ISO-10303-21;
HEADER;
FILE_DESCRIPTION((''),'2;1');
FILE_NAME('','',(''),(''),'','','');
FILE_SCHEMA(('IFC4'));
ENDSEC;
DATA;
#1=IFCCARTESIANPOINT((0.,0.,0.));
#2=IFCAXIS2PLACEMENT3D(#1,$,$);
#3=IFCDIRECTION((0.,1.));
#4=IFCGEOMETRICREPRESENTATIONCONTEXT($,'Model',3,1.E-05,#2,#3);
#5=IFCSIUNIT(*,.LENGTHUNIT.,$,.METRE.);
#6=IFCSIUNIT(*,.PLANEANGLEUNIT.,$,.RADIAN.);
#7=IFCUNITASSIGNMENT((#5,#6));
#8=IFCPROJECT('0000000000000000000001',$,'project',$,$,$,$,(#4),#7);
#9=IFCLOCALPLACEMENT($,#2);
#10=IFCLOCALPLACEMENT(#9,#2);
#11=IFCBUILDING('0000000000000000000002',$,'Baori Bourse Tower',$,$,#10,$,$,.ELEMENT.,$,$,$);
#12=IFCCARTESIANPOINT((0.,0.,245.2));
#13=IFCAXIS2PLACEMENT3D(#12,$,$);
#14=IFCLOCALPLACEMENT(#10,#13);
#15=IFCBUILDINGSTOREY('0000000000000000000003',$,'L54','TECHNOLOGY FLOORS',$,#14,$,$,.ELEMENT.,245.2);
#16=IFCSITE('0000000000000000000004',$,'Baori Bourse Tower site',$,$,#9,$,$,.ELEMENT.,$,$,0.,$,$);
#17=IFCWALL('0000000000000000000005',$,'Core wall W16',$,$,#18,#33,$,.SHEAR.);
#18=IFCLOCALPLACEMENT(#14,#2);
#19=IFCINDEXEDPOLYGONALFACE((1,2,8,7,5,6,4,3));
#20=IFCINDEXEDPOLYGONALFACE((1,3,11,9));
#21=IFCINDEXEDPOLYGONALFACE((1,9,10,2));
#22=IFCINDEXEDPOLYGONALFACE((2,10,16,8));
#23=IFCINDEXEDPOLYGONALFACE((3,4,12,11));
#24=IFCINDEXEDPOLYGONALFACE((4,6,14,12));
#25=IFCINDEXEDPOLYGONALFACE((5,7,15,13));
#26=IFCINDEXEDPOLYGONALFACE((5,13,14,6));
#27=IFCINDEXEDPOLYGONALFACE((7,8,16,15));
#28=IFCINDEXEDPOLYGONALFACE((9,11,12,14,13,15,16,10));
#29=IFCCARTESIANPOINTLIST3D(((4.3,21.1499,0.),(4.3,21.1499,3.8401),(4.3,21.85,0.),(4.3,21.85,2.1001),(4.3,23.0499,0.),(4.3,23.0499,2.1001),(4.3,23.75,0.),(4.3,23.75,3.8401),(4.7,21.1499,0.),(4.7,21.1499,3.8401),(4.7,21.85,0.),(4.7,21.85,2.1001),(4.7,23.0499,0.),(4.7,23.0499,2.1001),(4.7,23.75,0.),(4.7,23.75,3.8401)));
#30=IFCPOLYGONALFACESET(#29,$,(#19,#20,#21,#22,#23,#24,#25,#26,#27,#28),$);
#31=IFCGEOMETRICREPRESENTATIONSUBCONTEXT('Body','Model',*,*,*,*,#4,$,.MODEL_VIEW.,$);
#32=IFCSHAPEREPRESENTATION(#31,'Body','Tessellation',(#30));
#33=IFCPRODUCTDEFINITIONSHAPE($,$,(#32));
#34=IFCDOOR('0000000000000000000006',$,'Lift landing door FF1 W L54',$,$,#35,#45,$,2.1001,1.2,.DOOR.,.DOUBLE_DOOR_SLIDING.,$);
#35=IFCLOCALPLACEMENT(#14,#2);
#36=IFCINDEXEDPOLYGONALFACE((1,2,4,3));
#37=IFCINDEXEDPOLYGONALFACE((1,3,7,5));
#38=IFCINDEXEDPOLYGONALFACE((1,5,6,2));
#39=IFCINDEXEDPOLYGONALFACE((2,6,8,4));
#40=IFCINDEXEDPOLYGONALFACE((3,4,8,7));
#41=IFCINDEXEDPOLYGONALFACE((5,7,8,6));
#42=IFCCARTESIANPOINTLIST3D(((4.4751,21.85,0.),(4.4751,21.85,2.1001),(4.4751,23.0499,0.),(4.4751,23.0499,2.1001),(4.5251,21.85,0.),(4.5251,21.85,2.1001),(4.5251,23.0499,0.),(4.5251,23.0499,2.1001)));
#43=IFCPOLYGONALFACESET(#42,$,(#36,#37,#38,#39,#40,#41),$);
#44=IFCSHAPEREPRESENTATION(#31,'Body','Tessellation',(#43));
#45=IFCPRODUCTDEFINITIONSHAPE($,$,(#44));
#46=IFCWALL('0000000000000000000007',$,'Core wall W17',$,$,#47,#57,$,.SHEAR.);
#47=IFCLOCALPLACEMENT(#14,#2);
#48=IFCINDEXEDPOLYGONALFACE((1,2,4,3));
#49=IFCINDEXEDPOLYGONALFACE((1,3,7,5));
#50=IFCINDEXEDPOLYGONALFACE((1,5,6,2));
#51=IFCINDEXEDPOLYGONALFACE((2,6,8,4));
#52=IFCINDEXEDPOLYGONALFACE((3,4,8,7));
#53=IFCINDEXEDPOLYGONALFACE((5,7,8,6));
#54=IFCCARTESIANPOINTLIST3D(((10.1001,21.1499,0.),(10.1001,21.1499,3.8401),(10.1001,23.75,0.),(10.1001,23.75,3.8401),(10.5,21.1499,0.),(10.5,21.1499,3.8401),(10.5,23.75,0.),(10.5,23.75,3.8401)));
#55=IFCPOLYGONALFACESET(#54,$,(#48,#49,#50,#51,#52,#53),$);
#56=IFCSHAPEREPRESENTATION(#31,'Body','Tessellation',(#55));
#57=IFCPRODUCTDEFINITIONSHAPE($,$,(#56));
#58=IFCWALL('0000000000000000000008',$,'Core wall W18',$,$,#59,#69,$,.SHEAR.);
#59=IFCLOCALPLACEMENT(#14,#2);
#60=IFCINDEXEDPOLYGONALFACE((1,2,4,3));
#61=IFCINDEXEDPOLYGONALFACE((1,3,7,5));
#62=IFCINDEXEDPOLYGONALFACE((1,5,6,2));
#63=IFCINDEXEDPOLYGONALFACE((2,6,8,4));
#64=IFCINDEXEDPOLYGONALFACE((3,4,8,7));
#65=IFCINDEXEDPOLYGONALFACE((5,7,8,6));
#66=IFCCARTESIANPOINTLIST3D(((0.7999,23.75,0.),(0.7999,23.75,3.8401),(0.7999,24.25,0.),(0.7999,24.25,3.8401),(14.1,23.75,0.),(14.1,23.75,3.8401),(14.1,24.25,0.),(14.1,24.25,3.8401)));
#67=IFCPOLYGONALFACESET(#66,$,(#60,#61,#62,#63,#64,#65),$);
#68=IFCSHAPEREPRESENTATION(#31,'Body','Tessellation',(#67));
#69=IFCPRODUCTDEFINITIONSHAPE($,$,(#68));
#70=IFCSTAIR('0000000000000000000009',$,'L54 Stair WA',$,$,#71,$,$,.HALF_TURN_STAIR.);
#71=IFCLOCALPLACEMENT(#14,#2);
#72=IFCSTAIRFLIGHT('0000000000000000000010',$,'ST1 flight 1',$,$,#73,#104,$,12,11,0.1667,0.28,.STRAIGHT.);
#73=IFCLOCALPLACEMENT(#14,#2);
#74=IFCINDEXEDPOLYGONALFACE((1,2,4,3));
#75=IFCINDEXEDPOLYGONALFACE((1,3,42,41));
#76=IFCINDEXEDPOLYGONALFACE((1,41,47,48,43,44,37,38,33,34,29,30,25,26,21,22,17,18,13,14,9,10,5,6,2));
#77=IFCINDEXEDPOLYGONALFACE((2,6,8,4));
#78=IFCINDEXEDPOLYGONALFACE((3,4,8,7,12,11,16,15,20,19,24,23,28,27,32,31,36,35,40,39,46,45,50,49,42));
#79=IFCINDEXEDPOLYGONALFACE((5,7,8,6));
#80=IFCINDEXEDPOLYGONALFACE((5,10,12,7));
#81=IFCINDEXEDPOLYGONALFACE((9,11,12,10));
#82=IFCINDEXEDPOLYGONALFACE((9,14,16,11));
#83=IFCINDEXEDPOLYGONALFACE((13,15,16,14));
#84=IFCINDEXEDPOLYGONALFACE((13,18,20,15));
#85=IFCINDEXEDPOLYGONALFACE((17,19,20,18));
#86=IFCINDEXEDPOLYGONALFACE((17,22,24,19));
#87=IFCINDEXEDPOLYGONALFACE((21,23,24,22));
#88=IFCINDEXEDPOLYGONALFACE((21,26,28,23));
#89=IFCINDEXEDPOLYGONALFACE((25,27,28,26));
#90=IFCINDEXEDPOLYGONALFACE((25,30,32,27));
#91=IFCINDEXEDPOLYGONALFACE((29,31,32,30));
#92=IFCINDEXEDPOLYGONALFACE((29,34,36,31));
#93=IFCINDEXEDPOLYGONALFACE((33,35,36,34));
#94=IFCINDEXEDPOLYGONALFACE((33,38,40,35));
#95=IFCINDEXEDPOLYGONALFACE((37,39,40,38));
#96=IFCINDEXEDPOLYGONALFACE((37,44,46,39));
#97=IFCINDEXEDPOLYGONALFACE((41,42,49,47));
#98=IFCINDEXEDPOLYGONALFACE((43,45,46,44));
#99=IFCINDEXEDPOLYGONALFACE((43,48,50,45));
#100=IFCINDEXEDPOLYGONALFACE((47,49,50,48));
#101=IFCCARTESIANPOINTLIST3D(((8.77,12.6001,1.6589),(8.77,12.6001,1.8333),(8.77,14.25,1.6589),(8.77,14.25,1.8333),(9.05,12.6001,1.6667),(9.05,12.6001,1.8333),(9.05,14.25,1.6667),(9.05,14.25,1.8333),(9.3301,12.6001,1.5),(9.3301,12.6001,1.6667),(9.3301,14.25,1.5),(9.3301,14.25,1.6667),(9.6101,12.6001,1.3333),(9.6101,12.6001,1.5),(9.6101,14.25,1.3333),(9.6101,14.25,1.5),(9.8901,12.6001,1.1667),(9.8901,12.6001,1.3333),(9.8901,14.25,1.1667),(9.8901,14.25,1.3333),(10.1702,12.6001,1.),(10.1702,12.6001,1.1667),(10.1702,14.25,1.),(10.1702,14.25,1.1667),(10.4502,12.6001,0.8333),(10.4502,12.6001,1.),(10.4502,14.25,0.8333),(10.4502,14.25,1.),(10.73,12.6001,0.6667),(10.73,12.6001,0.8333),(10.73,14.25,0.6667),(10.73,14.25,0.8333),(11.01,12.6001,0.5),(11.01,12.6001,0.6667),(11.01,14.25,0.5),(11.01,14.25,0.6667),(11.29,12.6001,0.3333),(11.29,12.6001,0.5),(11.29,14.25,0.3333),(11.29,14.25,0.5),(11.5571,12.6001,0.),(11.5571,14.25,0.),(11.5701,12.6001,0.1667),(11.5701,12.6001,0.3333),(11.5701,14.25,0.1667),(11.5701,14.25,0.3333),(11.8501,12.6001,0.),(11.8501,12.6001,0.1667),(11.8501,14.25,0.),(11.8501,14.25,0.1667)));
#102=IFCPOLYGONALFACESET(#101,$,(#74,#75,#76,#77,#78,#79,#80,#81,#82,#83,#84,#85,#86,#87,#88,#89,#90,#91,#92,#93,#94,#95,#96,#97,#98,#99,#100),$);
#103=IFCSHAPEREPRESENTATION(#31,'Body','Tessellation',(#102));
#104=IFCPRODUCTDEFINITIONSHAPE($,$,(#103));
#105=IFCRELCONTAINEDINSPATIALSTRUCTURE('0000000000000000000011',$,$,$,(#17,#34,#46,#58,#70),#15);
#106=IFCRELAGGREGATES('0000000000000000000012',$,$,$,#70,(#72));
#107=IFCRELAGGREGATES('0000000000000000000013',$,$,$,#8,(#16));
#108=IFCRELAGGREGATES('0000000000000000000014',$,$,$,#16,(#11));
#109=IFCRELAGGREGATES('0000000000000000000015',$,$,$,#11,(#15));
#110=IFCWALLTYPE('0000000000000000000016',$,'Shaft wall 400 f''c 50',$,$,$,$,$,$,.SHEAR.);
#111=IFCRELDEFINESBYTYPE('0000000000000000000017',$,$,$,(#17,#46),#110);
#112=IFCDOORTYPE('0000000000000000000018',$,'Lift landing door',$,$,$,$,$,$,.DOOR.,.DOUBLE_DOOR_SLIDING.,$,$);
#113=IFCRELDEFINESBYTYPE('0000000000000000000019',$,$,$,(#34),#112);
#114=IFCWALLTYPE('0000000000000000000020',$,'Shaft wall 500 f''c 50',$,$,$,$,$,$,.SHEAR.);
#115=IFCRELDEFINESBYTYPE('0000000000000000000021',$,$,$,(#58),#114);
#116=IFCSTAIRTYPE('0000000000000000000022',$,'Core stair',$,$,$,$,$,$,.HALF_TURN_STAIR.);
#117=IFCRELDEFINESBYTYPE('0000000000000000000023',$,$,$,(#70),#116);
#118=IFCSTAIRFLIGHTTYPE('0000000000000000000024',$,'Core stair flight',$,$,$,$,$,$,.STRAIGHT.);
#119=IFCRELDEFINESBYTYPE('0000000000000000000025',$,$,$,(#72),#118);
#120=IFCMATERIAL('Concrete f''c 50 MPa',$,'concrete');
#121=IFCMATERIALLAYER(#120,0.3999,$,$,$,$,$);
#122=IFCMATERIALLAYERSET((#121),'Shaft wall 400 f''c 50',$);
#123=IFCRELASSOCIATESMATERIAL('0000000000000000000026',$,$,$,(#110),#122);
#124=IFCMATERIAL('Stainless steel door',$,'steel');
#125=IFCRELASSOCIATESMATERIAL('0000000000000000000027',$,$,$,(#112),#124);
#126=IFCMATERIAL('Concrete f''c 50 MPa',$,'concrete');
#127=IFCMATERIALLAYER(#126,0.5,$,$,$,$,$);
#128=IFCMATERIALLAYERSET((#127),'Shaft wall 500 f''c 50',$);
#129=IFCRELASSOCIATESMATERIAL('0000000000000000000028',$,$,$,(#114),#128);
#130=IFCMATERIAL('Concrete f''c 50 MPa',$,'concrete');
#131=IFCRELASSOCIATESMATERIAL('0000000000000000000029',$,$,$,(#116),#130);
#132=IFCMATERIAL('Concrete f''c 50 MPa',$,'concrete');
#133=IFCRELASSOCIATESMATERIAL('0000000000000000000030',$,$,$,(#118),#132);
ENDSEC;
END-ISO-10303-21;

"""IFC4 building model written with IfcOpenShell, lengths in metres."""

from ifc_helpers import new_model, si_unit, direction, frame, frame_2d, origin, place, context, subcontext, project, spatial, polyline, rectangle, outline, extrude, material, layer, layer_set, type_object, element, fill, aggregate, save


model = new_model("IFC4")

# Units and contexts
model_context = context("Model", 3, precision=1e-05, world=origin(), true_north=direction((0.0, 1.0)))
body_context = subcontext(model_context, "Body", "Model", "MODEL_VIEW")
ifc_project = project(units=[si_unit("LENGTHUNIT", "METRE"), si_unit("PLANEANGLEUNIT", "RADIAN")], contexts=[model_context])

# Site, building, storey
site_placement = place(None, origin())
site = spatial("IfcSite", under=ifc_project, at=site_placement, Name="Baori Bourse Tower site", CompositionType="ELEMENT", RefElevation=0.0)
building_placement = place(site_placement, origin())
building = spatial("IfcBuilding", under=site, at=building_placement, Name="Baori Bourse Tower", CompositionType="ELEMENT")
storey_placement = place(building_placement, frame((0.0, 0.0, 245.2)))
storey = spatial("IfcBuildingStorey", under=building, at=storey_placement, Name="L54", Description="TECHNOLOGY FLOORS", CompositionType="ELEMENT", Elevation=245.2)

# Shared definitions
ifc_material_1 = material(Name="Concrete f'c 50 MPa", Category="concrete")
ifc_layer_1 = layer(ifc_material_1, 0.3999)
ifc_layer_set_1 = layer_set([ifc_layer_1], Name="Shaft wall 400 f'c 50")
wall_type_1 = type_object("IfcWallType", Name="Shaft wall 400 f'c 50", PredefinedType="SHEAR", material=ifc_layer_set_1)

# Wall, opening, door
wall_1_placement = place(storey_placement, frame((4.5, 21.1499, 0.0), z_axis=(0.0, 0.0, 1.0), x_axis=(0.0, 1.0, 0.0)))
wall_1 = element("IfcWall", 1, at=wall_1_placement, inside=storey, type_object=wall_type_1, Name="Core wall W16", PredefinedType="SHEAR", context=body_context, shape_type="SweptSolid", body=[
    extrude(rectangle(XDim=2.6001, YDim=0.3999, at=frame_2d((1.3, 0.0))), origin(), (0.0, 0.0, 1.0), 3.8401),
])
opening_1_placement = place(wall_1_placement, frame((0.7, 0.0, 0.0)))
opening_1 = element("IfcOpeningElement", 2, at=opening_1_placement, cuts=wall_1, PredefinedType="OPENING", context=body_context, shape_type="SweptSolid", body=[
    extrude(rectangle(XDim=1.2, YDim=2.1001, at=frame_2d((0.6001, 1.05))), frame((0.0, 0.21, 0.0), z_axis=(0.0, -1.0, 0.0), x_axis=(1.0, 0.0, 0.0)), (0.0, 0.0, 1.0), 0.4199),
])
ifc_material_2 = material(Name="Stainless steel door", Category="steel")
door_type_1 = type_object("IfcDoorType", Name="Lift landing door", OperationType="DOUBLE_DOOR_SLIDING", PredefinedType="DOOR", material=ifc_material_2)
door_1_placement = place(opening_1_placement, origin())
door_1 = element("IfcDoor", 3, at=door_1_placement, inside=storey, type_object=door_type_1, Name="Lift landing door FF1 W L54", OperationType="DOUBLE_DOOR_SLIDING", OverallHeight=2.1001, OverallWidth=1.2, PredefinedType="DOOR", context=body_context, shape_type="SweptSolid", body=[
    extrude(rectangle(XDim=1.2, YDim=2.1001, at=frame_2d((0.6001, 1.05))), frame((0.0, 0.0249, 0.0), z_axis=(0.0, -1.0, 0.0), x_axis=(1.0, 0.0, 0.0)), (0.0, 0.0, 1.0), 0.05),
])
fill(opening_1, door_1)

# Walls
wall_2_placement = place(storey_placement, frame((10.3, 21.1499, 0.0), z_axis=(0.0, 0.0, 1.0), x_axis=(0.0, 1.0, 0.0)))
element("IfcWall", 4, at=wall_2_placement, inside=storey, type_object=wall_type_1, Name="Core wall W17", PredefinedType="SHEAR", context=body_context, shape_type="SweptSolid", body=[
    extrude(rectangle(XDim=2.6001, YDim=0.3999, at=frame_2d((1.3, 0.0))), origin(), (0.0, 0.0, 1.0), 3.8401),
])
ifc_material_3 = material(Name="Concrete f'c 50 MPa", Category="concrete")
ifc_layer_2 = layer(ifc_material_3, 0.5)
ifc_layer_set_2 = layer_set([ifc_layer_2], Name="Shaft wall 500 f'c 50")
wall_type_2 = type_object("IfcWallType", Name="Shaft wall 500 f'c 50", PredefinedType="SHEAR", material=ifc_layer_set_2)
wall_3_placement = place(storey_placement, frame((0.8, 24.0, 0.0), z_axis=(0.0, 0.0, 1.0), x_axis=(1.0, 0.0, 0.0)))
element("IfcWall", 5, at=wall_3_placement, inside=storey, type_object=wall_type_2, Name="Core wall W18", PredefinedType="SHEAR", context=body_context, shape_type="SweptSolid", body=[
    extrude(rectangle(XDim=13.3, YDim=0.5, at=frame_2d((6.6499, 0.0))), origin(), (0.0, 0.0, 1.0), 3.8401),
])

# Stair, stair flight
ifc_material_4 = material(Name="Concrete f'c 50 MPa", Category="concrete")
stair_type = type_object("IfcStairType", Name="Core stair", PredefinedType="HALF_TURN_STAIR", material=ifc_material_4)
stair_placement = place(storey_placement, origin())
stair = element("IfcStair", 6, at=stair_placement, inside=storey, type_object=stair_type, Name="L54 Stair WA", PredefinedType="HALF_TURN_STAIR")
ifc_material_5 = material(Name="Concrete f'c 50 MPa", Category="concrete")
stair_flight_type = type_object("IfcStairFlightType", Name="Core stair flight", PredefinedType="STRAIGHT", material=ifc_material_5)
stair_flight_placement = place(storey_placement, frame((11.8501, 13.425, 0.0), z_axis=(0.0, 0.0, 1.0), x_axis=(-1.0, 0.0, 0.0)))
stair_flight = element("IfcStairFlight", 7, at=stair_flight_placement, type_object=stair_flight_type, Name="ST1 flight 1", NumberOfRisers=12, NumberOfTreads=11, PredefinedType="STRAIGHT", RiserHeight=0.1667, TreadLength=0.28, context=body_context, shape_type="SweptSolid", body=[
    extrude(outline(polyline([(0.0, 0.0), (0.0, 0.1667), (0.28, 0.1667), (0.28, 0.3333), (0.5601, 0.3333), (0.5601, 0.5), (0.8401, 0.5), (0.8401, 0.6667), (1.1201, 0.6667), (1.1201, 0.8333), (1.3999, 0.8333), (1.3999, 1.0), (1.6799, 1.0), (1.6799, 1.1667), (1.96, 1.1667), (1.96, 1.3333), (2.24, 1.3333), (2.24, 1.5), (2.52, 1.5), (2.52, 1.6667), (2.8, 1.6667), (2.8, 1.8333), (3.0801, 1.8333), (3.0801, 2.0), (3.0801, 1.6589), (0.293, 0.0), (0.0, 0.0)])), frame((0.0, 0.825, 0.0), z_axis=(0.0, -1.0, 0.0), x_axis=(1.0, 0.0, 0.0)), (0.0, 0.0, 1.0), 1.6499),
])
aggregate(stair, [stair_flight])

save(model, "model.ifc")
